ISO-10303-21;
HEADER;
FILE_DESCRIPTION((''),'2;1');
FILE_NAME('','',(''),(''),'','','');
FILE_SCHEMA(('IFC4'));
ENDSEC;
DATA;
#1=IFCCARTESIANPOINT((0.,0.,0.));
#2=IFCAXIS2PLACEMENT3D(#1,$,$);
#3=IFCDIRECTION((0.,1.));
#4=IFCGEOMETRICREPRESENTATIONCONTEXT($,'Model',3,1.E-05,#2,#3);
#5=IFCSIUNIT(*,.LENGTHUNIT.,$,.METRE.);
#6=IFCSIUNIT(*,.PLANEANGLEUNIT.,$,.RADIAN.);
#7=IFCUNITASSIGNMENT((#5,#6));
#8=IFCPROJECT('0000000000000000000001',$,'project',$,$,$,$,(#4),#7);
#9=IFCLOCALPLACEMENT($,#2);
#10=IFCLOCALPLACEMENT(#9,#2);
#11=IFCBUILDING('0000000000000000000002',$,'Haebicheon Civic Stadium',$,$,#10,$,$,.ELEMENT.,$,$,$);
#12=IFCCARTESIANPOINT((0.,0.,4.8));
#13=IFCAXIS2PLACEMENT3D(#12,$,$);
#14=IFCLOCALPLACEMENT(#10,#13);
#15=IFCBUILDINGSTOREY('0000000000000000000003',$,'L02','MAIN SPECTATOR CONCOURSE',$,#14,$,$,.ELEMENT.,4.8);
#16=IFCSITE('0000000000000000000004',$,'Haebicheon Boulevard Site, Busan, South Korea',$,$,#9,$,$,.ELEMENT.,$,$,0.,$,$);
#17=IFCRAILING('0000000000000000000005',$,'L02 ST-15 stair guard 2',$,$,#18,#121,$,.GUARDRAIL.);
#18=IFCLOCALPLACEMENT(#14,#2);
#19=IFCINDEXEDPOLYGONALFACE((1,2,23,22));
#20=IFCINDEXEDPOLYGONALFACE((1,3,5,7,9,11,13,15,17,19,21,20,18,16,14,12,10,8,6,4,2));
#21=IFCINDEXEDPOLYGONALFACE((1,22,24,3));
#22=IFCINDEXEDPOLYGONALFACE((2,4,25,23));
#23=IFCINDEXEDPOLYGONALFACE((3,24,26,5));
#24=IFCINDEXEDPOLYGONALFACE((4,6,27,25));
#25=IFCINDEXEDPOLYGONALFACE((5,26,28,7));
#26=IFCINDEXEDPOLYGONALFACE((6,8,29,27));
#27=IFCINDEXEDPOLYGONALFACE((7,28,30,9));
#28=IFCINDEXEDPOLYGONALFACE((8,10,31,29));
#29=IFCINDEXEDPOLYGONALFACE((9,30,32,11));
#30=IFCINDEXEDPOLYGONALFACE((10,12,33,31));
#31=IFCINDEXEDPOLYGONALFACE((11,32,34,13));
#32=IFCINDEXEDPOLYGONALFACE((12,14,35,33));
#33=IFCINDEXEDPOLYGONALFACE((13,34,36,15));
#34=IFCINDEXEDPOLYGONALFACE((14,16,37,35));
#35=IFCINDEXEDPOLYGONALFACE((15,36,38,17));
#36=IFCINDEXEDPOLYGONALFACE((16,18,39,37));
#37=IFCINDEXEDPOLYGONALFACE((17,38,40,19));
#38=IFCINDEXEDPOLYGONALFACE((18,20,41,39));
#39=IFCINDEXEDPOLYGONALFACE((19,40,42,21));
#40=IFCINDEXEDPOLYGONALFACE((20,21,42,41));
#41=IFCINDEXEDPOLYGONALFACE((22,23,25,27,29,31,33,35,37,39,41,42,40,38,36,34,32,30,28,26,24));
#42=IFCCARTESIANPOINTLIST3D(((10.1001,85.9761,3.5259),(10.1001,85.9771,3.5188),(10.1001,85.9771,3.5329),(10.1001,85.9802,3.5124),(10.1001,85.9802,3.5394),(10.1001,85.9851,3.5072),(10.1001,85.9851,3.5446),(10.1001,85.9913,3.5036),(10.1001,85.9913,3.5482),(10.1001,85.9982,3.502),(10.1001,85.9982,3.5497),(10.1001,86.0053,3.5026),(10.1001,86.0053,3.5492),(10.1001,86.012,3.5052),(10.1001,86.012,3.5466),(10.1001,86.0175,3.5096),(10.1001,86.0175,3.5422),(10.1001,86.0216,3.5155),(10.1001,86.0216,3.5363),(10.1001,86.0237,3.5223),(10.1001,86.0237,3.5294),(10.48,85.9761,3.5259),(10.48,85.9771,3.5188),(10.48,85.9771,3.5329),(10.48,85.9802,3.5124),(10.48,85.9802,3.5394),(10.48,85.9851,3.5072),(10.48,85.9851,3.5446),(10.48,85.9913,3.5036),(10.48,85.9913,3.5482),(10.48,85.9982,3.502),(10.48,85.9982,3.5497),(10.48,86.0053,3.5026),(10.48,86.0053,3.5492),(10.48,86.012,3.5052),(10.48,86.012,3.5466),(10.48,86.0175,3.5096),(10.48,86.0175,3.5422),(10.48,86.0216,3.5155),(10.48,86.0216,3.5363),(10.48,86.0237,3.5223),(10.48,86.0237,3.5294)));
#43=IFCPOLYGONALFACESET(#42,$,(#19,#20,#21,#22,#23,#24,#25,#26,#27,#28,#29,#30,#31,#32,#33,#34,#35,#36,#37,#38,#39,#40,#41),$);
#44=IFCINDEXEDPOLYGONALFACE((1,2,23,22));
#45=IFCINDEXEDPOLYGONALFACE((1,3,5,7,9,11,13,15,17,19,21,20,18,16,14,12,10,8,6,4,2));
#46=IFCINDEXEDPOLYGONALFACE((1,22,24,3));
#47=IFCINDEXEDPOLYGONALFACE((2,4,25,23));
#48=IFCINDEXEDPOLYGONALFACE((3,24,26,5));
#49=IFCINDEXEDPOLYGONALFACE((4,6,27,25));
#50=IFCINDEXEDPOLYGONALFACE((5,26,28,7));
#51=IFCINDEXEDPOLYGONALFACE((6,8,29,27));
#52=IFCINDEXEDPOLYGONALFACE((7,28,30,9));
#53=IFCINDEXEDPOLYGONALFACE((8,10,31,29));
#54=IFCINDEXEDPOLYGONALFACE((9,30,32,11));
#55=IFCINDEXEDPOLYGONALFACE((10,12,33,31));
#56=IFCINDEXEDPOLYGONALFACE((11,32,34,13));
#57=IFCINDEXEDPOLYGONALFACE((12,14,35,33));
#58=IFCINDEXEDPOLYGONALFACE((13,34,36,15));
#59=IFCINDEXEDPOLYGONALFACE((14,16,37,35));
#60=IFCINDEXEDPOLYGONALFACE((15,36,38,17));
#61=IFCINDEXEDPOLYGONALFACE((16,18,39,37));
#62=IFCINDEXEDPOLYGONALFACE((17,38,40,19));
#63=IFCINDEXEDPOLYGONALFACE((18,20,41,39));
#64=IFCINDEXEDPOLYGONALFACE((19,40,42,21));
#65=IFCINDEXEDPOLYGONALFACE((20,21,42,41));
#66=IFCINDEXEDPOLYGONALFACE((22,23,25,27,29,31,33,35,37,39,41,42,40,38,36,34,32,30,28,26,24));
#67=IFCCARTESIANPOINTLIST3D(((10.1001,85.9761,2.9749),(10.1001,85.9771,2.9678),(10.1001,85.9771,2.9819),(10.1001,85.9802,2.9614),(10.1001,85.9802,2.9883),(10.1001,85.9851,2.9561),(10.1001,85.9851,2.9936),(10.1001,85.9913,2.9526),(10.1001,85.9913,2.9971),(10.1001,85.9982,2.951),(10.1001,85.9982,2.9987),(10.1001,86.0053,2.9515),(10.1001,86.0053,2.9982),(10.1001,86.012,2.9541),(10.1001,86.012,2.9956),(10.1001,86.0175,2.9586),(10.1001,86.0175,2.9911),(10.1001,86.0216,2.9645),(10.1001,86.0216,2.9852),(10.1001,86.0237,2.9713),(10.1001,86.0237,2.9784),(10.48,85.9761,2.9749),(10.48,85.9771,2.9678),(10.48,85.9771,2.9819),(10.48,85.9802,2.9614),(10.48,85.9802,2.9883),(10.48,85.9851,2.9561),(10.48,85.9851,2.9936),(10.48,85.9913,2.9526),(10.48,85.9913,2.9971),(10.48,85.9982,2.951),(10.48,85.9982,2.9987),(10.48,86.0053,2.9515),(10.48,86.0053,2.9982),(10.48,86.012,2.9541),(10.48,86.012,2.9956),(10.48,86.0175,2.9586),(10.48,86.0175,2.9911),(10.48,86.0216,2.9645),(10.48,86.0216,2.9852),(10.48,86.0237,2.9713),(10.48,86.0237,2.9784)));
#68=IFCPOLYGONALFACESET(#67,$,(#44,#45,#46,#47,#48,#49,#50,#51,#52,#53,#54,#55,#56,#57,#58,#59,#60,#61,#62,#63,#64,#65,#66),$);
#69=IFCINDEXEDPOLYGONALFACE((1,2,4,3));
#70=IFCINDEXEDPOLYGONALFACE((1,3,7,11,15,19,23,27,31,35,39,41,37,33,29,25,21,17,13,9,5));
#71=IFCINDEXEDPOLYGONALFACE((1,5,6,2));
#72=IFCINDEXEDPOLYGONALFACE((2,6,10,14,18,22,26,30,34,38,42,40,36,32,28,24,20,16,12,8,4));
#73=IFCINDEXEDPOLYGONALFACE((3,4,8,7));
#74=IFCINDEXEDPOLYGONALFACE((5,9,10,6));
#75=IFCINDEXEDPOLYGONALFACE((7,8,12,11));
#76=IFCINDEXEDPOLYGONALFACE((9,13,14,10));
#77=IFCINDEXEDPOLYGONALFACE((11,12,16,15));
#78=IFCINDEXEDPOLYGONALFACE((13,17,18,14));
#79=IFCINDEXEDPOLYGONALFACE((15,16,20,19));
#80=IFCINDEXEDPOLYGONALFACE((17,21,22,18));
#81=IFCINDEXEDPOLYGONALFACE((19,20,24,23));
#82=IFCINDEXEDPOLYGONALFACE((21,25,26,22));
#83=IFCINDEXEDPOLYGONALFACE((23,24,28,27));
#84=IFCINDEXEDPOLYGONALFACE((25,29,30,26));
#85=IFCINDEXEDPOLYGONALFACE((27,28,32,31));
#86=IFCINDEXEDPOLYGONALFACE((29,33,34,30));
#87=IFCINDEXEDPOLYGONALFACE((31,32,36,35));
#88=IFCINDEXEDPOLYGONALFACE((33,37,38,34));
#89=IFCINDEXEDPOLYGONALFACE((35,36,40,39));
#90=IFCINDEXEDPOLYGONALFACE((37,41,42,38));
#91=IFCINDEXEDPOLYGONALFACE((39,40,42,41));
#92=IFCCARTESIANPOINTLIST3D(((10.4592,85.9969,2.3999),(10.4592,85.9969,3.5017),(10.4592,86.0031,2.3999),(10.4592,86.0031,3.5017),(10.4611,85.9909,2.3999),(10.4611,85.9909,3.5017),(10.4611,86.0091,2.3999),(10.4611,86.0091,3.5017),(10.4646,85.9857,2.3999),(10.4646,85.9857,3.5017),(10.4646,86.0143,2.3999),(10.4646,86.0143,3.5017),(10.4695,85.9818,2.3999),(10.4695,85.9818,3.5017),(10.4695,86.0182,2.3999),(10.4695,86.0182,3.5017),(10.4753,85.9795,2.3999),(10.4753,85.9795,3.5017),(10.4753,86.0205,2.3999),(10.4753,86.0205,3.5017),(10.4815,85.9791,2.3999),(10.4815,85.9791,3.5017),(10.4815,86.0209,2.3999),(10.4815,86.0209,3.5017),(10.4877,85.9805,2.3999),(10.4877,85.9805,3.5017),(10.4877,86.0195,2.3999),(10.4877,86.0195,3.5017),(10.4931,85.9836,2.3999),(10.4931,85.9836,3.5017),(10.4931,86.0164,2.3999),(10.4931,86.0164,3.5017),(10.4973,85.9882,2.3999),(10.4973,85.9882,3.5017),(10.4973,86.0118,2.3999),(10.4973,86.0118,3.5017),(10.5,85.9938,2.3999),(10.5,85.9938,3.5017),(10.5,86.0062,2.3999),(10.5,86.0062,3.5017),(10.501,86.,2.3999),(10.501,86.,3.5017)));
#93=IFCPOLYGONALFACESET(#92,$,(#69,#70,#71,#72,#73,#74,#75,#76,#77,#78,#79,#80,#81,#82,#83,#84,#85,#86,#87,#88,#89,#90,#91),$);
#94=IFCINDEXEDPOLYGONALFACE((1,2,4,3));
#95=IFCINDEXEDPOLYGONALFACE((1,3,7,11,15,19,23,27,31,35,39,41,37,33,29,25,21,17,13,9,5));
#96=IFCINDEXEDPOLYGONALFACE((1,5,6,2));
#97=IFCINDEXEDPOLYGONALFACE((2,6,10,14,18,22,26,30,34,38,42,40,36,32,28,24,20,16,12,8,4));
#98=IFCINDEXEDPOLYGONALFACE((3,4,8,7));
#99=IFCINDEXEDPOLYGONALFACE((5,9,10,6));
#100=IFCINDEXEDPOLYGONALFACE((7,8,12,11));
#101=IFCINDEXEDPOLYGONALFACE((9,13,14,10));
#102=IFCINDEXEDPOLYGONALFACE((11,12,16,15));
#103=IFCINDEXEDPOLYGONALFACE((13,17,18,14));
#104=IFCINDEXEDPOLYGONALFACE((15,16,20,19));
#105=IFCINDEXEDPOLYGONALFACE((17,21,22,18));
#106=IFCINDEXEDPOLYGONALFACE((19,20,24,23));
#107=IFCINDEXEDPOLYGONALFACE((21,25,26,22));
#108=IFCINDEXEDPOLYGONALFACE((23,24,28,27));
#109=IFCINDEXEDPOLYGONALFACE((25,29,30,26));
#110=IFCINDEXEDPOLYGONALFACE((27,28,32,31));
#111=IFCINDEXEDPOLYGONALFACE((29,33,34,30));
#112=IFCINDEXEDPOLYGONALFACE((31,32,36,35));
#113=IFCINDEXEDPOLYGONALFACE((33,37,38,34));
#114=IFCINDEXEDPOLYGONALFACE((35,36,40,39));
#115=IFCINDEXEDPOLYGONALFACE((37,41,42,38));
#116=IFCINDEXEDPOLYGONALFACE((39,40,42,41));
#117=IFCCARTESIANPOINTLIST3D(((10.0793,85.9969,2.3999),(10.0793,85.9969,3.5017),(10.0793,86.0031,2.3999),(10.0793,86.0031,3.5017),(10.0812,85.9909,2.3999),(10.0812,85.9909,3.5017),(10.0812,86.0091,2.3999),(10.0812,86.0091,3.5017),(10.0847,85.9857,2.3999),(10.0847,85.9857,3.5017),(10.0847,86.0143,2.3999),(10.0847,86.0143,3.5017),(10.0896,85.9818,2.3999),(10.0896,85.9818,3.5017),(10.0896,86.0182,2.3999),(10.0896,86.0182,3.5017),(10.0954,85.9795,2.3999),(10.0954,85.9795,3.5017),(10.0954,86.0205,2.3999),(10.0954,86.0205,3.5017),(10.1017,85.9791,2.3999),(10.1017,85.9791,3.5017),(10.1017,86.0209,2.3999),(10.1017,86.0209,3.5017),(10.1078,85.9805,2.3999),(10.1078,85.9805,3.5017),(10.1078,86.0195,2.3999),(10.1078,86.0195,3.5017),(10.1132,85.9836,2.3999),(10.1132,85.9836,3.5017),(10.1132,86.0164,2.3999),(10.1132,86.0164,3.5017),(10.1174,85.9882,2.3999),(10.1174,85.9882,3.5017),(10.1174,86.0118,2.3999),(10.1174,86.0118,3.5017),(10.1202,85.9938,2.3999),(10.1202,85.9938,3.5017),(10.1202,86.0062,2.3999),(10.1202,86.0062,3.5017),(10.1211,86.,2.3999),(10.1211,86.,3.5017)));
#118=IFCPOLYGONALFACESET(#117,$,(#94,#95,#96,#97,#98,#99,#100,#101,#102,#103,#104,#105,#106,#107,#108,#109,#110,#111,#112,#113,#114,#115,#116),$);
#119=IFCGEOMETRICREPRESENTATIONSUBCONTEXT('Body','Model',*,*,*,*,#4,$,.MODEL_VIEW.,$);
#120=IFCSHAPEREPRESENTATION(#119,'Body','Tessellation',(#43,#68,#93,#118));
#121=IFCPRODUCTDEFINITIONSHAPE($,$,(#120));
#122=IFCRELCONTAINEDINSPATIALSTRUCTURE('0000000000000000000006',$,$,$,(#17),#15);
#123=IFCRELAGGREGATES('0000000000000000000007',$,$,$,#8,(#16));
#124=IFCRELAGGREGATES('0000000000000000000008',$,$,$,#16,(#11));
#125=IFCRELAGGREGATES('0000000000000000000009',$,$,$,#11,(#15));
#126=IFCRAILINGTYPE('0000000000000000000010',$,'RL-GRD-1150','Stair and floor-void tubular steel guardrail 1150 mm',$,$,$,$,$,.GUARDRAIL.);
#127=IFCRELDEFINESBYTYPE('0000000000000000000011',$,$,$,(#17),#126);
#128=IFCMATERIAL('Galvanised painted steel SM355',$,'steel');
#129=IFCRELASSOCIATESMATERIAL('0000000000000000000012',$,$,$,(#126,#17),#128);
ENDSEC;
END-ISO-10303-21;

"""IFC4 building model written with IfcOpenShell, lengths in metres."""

from ifc_helpers import new_model, si_unit, direction, frame, origin, origin_2d, place, context, subcontext, project, spatial, circle, extrude, material, type_object, element, save


model = new_model("IFC4")

# Units and contexts
model_context = context("Model", 3, precision=1e-05, world=origin(), true_north=direction((0.0, 1.0)))
body_context = subcontext(model_context, "Body", "Model", "MODEL_VIEW")
ifc_project = project(units=[si_unit("LENGTHUNIT", "METRE"), si_unit("PLANEANGLEUNIT", "RADIAN")], contexts=[model_context])

# Site, building, storey
site_placement = place(None, origin())
site = spatial("IfcSite", under=ifc_project, at=site_placement, Name="Haebicheon Boulevard Site, Busan, South Korea", CompositionType="ELEMENT", RefElevation=0.0)
building_placement = place(site_placement, origin())
building = spatial("IfcBuilding", under=site, at=building_placement, Name="Haebicheon Civic Stadium", CompositionType="ELEMENT")
storey_placement = place(building_placement, frame((0.0, 0.0, 4.8)))
storey = spatial("IfcBuildingStorey", under=building, at=storey_placement, Name="L02", Description="MAIN SPECTATOR CONCOURSE", CompositionType="ELEMENT", Elevation=4.8)

# Railing
ifc_material_1 = material(Name="Galvanised painted steel SM355", Category="steel")
railing_type_1 = type_object("IfcRailingType", Name="RL-GRD-1150", Description="Stair and floor-void tubular steel guardrail 1150 mm", PredefinedType="GUARDRAIL", material=ifc_material_1)
railing_1_placement = place(storey_placement, frame((10.48, 86.0, 2.3999)))
element("IfcRailing", 1, at=railing_1_placement, inside=storey, type_object=railing_type_1, material=ifc_material_1, Name="L02 ST-15 stair guard 2", PredefinedType="GUARDRAIL", context=body_context, shape_type="SweptSolid", body=[
    extrude(circle(Radius=0.0239, at=origin_2d()), frame((0.0, 0.0, 1.126), z_axis=(-1.0, 0.0, 0.0), x_axis=(0.0, -1.0, 0.0)), (0.0, 0.0, 1.0), 0.3799),
    extrude(circle(Radius=0.0239, at=origin_2d()), frame((0.0, 0.0, 0.575), z_axis=(-1.0, 0.0, 0.0), x_axis=(0.0, -1.0, 0.0)), (0.0, 0.0, 1.0), 0.3799),
    extrude(circle(Radius=0.021, at=origin_2d()), origin(), (0.0, 0.0, 1.0), 1.1018),
    extrude(circle(Radius=0.021, at=origin_2d()), frame((-0.3799, 0.0, 0.0)), (0.0, 0.0, 1.0), 1.1018),
])

save(model, "model.ifc")
